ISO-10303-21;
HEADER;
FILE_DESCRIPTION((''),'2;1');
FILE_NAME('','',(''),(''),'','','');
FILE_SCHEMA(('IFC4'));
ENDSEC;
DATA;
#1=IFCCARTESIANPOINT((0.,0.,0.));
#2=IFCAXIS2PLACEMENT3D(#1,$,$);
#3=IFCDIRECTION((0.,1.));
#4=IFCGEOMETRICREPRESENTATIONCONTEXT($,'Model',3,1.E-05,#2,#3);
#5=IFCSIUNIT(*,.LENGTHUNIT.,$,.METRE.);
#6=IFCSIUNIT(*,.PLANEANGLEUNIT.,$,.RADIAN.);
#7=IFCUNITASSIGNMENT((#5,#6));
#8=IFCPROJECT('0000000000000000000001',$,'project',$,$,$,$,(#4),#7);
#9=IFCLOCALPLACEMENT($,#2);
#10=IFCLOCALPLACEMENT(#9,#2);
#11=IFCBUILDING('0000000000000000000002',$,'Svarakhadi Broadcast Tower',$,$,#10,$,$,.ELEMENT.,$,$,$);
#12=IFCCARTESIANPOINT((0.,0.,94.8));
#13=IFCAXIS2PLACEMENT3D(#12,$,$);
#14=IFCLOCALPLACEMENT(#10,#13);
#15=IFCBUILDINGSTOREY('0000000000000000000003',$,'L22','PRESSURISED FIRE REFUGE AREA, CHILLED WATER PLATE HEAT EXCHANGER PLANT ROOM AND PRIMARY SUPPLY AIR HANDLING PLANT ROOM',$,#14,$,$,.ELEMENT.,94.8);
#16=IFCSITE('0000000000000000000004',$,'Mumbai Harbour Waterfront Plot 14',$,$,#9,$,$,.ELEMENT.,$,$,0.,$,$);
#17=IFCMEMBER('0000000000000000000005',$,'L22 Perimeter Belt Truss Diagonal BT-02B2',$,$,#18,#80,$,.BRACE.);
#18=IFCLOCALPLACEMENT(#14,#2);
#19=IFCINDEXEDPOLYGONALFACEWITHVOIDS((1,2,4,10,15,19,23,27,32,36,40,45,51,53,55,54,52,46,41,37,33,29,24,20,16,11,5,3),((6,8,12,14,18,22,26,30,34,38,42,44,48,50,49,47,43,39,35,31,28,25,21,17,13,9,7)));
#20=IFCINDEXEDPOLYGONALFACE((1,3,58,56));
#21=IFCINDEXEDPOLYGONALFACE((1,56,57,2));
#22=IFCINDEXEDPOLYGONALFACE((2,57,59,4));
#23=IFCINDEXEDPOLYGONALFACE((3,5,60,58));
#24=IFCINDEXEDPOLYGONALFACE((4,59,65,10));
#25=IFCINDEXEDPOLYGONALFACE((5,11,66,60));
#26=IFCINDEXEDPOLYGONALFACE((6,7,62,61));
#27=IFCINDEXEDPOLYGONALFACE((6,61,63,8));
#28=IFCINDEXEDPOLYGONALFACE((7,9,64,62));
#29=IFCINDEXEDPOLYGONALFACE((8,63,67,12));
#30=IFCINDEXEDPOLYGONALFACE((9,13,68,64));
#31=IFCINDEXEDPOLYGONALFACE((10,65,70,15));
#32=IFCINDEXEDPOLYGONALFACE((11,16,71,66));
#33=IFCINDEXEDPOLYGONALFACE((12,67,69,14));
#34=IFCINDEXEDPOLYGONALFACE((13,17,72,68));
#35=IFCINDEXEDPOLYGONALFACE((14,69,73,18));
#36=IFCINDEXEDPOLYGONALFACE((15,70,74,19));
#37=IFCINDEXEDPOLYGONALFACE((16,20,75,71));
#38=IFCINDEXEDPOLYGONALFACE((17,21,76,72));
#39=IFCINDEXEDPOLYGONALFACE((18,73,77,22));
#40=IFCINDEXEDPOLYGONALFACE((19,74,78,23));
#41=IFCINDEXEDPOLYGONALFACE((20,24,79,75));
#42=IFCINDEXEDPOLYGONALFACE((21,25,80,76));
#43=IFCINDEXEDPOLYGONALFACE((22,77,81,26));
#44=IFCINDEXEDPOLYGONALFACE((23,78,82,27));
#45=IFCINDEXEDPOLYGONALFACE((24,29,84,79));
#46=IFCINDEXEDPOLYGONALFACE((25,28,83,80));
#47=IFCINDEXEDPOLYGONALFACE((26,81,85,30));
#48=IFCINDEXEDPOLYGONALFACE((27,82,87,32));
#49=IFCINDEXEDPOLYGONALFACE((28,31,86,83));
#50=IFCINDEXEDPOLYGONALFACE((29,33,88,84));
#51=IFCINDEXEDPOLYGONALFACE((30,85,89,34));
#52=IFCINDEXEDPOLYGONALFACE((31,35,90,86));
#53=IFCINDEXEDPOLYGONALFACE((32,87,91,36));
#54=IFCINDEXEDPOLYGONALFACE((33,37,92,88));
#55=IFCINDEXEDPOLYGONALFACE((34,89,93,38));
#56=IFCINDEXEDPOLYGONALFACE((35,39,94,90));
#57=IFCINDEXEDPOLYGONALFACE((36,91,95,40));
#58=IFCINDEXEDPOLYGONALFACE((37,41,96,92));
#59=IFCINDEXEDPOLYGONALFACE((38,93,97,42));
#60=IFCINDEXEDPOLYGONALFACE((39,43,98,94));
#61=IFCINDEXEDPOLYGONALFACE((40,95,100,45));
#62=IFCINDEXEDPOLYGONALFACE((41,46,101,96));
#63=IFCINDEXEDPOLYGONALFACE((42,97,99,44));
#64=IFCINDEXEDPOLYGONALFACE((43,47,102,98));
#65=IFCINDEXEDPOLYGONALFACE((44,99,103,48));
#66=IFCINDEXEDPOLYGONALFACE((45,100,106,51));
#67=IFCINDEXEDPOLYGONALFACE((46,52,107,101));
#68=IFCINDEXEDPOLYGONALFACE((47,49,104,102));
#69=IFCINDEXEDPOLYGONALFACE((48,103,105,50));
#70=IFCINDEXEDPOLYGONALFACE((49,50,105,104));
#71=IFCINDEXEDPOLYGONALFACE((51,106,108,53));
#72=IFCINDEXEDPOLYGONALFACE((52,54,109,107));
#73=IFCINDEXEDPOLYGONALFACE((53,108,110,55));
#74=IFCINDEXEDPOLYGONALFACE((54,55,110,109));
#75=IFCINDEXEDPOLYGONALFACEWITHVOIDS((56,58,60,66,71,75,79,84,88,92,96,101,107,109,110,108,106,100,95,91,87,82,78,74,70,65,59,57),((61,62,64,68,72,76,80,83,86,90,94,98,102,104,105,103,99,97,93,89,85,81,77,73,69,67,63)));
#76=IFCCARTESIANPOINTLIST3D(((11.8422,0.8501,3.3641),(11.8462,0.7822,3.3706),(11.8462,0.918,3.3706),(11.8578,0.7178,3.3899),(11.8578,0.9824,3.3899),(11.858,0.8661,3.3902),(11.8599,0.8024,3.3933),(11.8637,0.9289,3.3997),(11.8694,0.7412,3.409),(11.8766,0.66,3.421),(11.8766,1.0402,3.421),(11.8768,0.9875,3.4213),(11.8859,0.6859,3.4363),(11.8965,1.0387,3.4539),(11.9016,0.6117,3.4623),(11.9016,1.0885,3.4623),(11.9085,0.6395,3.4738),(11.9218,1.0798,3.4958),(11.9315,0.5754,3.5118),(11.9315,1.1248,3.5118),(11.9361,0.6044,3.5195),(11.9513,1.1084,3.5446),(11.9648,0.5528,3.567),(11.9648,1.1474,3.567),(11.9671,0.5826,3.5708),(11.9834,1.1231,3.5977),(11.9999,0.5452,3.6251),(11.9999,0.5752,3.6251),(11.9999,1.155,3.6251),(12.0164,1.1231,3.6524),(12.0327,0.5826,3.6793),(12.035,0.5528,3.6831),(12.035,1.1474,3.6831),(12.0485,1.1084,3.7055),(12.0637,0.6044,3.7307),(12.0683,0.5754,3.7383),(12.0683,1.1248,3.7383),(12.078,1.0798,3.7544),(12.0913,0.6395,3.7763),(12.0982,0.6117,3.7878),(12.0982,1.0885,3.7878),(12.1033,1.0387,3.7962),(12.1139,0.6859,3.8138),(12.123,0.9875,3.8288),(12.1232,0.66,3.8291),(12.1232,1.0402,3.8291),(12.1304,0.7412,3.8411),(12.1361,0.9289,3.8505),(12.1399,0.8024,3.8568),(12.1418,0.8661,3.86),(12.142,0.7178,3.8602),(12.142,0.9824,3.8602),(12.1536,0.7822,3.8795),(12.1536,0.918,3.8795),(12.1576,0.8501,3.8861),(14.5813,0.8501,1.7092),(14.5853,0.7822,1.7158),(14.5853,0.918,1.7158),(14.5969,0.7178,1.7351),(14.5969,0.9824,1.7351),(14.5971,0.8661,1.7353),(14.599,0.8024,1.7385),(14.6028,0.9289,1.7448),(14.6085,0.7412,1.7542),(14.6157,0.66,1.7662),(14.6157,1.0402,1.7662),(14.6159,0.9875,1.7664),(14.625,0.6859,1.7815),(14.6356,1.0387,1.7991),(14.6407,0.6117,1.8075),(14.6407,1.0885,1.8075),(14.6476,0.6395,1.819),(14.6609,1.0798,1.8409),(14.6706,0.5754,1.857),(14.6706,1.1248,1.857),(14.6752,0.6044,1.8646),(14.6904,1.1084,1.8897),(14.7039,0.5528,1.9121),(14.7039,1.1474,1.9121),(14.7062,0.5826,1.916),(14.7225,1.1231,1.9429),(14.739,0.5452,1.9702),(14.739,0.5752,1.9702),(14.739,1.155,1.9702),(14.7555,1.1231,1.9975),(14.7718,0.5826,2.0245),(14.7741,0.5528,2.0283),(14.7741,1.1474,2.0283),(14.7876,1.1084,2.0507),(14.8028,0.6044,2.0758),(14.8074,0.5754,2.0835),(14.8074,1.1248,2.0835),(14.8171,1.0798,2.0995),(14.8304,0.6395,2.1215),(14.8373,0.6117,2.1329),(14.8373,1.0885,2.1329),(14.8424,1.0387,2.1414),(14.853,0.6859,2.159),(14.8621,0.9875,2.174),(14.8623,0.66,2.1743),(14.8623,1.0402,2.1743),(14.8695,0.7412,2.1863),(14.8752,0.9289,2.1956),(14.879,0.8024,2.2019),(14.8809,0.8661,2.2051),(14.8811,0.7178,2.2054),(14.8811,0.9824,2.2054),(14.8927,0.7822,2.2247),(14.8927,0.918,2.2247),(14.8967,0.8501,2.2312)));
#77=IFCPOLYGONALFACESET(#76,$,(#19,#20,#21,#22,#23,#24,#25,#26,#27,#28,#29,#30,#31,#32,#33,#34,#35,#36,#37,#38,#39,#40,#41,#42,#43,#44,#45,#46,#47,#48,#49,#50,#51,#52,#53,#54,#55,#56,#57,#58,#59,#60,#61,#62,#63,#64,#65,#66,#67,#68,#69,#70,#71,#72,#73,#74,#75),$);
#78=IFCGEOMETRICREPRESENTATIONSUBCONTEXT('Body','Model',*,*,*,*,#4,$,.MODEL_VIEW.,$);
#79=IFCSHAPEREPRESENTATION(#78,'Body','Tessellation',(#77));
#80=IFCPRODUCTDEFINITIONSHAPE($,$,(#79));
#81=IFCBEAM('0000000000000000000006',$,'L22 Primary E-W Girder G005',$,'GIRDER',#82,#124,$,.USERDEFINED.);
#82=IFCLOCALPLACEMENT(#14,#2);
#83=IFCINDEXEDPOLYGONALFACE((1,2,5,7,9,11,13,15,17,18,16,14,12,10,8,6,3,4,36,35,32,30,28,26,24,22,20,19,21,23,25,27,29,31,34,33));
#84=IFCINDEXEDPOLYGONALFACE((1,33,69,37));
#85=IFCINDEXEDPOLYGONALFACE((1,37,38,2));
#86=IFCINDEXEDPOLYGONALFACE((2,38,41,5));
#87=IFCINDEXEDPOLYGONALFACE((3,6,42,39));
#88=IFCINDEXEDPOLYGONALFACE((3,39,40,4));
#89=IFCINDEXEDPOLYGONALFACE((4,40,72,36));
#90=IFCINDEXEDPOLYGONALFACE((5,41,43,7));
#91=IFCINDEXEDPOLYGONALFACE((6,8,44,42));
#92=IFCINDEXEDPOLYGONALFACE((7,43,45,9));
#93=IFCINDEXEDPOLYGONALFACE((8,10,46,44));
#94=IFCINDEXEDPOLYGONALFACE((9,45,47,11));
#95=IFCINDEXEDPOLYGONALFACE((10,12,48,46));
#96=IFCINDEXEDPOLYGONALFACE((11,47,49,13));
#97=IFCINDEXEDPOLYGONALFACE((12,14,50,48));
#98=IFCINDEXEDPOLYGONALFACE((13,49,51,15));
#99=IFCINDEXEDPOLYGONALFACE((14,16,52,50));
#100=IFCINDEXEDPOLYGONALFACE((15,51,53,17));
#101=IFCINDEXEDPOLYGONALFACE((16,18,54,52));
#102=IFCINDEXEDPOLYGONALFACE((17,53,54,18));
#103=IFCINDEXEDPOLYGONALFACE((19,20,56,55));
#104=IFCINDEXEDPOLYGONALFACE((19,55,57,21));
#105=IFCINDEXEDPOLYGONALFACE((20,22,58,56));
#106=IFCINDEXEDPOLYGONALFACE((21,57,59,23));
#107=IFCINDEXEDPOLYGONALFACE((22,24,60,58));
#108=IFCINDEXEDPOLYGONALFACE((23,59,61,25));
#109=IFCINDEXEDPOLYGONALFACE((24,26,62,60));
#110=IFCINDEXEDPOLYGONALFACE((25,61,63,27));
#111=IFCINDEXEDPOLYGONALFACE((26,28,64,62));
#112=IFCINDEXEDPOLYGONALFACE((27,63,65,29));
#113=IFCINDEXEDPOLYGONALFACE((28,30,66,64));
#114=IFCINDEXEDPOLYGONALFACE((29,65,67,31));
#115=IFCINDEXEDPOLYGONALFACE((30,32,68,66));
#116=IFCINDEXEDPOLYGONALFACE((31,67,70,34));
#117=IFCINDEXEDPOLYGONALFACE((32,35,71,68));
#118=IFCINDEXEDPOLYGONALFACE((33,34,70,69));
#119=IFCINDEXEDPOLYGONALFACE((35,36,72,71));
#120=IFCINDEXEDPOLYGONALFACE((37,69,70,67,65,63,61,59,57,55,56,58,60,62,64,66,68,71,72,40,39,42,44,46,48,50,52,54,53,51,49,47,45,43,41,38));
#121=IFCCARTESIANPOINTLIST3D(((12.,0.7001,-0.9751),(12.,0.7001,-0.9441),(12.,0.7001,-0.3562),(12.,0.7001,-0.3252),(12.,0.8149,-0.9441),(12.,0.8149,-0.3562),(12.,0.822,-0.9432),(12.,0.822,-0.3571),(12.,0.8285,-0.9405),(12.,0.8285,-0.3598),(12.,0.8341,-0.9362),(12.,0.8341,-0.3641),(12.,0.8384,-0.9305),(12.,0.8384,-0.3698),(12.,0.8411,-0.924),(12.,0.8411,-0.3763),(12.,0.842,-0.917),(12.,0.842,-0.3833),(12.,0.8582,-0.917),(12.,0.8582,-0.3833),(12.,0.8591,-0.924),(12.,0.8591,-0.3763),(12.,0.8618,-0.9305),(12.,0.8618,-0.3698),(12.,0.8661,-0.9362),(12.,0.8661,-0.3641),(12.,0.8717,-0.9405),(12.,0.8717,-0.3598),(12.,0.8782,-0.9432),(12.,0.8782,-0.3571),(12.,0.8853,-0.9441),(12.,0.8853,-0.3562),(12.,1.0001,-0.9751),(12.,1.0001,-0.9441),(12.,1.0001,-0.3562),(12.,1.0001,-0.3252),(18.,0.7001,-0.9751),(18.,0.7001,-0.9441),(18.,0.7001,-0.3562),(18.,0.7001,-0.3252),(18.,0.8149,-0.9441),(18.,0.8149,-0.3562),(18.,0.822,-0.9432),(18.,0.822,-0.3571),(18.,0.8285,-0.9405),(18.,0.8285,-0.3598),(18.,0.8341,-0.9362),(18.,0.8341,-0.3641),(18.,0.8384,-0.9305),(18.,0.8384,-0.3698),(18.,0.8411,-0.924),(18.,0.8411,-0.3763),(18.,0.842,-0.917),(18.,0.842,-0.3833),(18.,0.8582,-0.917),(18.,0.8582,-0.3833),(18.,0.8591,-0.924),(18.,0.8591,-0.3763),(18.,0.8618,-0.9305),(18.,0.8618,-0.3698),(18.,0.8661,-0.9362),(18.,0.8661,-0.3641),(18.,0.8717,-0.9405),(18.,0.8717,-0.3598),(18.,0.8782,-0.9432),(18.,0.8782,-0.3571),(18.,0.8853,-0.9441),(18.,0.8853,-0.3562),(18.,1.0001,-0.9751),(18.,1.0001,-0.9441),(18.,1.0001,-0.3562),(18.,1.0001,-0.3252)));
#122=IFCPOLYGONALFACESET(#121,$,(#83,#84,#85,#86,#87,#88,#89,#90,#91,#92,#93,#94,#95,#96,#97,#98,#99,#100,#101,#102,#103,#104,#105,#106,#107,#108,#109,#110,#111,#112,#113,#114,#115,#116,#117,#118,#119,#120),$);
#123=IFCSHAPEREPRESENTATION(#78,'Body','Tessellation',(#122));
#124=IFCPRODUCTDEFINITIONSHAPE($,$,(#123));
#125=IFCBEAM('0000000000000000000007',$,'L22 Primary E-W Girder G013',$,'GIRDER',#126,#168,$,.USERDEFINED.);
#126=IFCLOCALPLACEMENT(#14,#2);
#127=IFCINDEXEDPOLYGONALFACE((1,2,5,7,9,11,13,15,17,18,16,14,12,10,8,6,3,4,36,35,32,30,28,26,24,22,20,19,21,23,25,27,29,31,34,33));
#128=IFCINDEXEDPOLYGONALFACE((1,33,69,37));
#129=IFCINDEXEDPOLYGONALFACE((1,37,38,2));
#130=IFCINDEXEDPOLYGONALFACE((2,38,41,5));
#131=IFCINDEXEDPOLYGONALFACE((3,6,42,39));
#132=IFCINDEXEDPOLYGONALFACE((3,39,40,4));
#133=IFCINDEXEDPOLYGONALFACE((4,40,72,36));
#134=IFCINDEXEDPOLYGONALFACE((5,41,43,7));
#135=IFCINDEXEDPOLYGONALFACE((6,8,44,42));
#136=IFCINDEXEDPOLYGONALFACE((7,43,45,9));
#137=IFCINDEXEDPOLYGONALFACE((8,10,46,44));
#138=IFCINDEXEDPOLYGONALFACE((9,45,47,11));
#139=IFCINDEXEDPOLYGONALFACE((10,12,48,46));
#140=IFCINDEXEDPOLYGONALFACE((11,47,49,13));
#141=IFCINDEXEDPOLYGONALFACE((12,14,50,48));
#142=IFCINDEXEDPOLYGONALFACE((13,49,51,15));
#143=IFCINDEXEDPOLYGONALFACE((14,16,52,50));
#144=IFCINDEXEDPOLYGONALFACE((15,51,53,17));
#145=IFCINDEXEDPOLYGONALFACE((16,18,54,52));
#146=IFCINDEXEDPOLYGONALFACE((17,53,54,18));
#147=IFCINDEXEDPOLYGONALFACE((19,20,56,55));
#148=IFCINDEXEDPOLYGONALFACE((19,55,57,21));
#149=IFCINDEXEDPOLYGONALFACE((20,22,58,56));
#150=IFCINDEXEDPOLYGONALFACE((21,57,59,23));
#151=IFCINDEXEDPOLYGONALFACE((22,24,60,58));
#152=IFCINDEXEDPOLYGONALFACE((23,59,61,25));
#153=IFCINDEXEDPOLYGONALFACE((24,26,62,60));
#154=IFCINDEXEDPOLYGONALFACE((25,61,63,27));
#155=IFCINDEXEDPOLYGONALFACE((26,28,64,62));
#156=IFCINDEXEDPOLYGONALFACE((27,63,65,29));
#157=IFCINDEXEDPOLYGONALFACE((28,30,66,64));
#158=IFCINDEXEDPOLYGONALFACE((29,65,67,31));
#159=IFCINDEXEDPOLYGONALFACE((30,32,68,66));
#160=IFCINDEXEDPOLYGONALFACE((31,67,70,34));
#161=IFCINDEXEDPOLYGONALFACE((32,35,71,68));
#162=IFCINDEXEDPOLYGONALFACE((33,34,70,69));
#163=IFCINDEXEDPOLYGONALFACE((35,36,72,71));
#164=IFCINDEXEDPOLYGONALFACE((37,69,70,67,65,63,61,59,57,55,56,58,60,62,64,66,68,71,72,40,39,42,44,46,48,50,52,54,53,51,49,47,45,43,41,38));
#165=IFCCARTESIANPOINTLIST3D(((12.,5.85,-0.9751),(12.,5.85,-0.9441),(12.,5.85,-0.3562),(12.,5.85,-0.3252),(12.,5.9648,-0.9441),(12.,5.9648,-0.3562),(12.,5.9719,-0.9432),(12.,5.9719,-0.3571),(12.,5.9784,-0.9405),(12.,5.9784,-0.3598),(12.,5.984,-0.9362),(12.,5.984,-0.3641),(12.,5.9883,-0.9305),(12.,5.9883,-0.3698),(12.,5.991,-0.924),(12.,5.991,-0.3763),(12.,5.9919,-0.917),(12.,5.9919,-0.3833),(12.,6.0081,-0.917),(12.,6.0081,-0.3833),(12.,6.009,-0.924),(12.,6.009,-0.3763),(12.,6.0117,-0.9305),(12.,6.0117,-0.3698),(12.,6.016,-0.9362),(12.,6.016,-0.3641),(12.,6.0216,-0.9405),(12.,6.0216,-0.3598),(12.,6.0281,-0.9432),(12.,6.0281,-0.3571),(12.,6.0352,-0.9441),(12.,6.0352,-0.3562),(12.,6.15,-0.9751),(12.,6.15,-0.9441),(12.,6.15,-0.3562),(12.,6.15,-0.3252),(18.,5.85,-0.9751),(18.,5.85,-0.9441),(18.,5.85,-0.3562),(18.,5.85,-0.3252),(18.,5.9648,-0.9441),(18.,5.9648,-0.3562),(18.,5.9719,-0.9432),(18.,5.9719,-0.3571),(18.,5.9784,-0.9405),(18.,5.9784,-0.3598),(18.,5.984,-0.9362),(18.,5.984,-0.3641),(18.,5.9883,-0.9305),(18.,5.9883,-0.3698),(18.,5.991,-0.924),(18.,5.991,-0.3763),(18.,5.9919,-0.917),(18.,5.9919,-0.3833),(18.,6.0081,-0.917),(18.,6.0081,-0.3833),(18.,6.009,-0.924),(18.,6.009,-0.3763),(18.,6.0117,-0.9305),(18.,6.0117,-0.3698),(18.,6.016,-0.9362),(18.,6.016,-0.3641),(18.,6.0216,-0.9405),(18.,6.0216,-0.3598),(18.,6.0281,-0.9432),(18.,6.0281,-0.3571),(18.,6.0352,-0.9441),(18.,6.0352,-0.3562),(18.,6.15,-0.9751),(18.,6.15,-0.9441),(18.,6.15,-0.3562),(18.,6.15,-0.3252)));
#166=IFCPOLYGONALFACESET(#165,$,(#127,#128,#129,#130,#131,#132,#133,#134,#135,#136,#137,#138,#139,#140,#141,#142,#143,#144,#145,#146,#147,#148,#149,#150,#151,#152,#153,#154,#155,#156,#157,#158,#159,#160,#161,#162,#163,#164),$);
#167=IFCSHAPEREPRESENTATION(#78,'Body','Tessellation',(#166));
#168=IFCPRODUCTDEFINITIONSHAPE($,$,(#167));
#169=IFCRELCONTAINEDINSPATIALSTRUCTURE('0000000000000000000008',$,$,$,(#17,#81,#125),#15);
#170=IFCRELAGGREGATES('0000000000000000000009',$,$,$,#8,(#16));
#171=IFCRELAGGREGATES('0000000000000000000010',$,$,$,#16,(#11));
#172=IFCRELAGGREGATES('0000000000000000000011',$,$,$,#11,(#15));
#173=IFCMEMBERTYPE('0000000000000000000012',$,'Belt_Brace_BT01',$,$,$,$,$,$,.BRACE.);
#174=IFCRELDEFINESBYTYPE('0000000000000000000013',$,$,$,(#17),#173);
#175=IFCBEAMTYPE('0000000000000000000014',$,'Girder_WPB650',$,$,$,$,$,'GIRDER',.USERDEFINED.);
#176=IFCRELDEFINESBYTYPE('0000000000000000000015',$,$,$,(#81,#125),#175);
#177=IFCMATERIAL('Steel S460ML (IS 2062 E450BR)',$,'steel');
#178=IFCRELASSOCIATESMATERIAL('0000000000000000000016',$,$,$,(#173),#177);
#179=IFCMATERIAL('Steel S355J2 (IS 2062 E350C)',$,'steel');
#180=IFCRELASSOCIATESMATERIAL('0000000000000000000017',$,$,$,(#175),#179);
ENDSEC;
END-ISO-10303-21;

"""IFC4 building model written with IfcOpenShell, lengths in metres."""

from ifc_helpers import new_model, si_unit, direction, frame, origin, origin_2d, place, context, subcontext, project, spatial, hollow_circle, i_section, extrude, material, material_profile, profile_set, type_object, element, save


model = new_model("IFC4")

# Units and contexts
model_context = context("Model", 3, precision=1e-05, world=origin(), true_north=direction((0.0, 1.0)))
body_context = subcontext(model_context, "Body", "Model", "MODEL_VIEW")
ifc_project = project(units=[si_unit("LENGTHUNIT", "METRE"), si_unit("PLANEANGLEUNIT", "RADIAN")], contexts=[model_context])

# Site, building, storey
site_placement = place(None, origin())
site = spatial("IfcSite", under=ifc_project, at=site_placement, Name="Mumbai Harbour Waterfront Plot 14", CompositionType="ELEMENT", RefElevation=0.0)
building_placement = place(site_placement, origin())
building = spatial("IfcBuilding", under=site, at=building_placement, Name="Svarakhadi Broadcast Tower", CompositionType="ELEMENT")
storey_placement = place(building_placement, frame((0.0, 0.0, 94.8)))
storey = spatial("IfcBuildingStorey", under=building, at=storey_placement, Name="L22", Description="PRESSURISED FIRE REFUGE AREA, CHILLED WATER PLATE HEAT EXCHANGER PLANT ROOM AND PRIMARY SUPPLY AIR HANDLING PLANT ROOM", CompositionType="ELEMENT", Elevation=94.8)

# Shared definitions
ifc_material_1 = material(Name="Steel S460ML (IS 2062 E450BR)", Category="steel")

# Shared definitions
ifc_material_2 = material(Name="Steel S355J2 (IS 2062 E350C)", Category="steel")

# Member
ifc_material_profile_1 = material_profile(ifc_material_1, hollow_circle(Radius=0.3049, WallThickness=0.03, at=origin_2d()), Name="CHS 610x30")
ifc_profile_set_1 = profile_set([ifc_material_profile_1], Name="Steel S460ML (IS 2062 E450BR)")
member_type_1 = type_object("IfcMemberType", Name="Belt_Brace_BT01", PredefinedType="BRACE", material=ifc_profile_set_1)
member_1_placement = place(storey_placement, frame((14.739, 0.8501, 1.9702), z_axis=(-0.85592, 0.0, 0.517107), x_axis=(0.0, -1.0, 0.0)))
element("IfcMember", 1, at=member_1_placement, inside=storey, type_object=member_type_1, Name="L22 Perimeter Belt Truss Diagonal BT-02B2", PredefinedType="BRACE", context=body_context, shape_type="SweptSolid", body=[
    extrude(hollow_circle(Radius=0.3049, WallThickness=0.03, at=origin_2d()), origin(), (0.0, 0.0, 1.0), 3.2002),
])

# Beams
ifc_material_profile_2 = material_profile(ifc_material_2, i_section(OverallWidth=0.3, OverallDepth=0.6499, WebThickness=0.0161, FlangeThickness=0.031, FilletRadius=0.0271, at=origin_2d()), Name="WPB 650x300x225")
ifc_profile_set_2 = profile_set([ifc_material_profile_2], Name="Steel S355J2 (IS 2062 E350C)")
beam_type_1 = type_object("IfcBeamType", Name="Girder_WPB650", ElementType="GIRDER", PredefinedType="USERDEFINED", material=ifc_profile_set_2)
for number, where, z_axis, x_axis, name in (
    (2, (12.0, 0.8501, -0.6501), (1.0, 0.0, 0.0), (0.0, 1.0, 0.0), "L22 Primary E-W Girder G005"),
    (3, (12.0, 6.0, -0.6501), (1.0, 0.0, 0.0), (0.0, 1.0, 0.0), "L22 Primary E-W Girder G013"),
):
    element("IfcBeam", number, at=place(storey_placement, frame(where, z_axis=z_axis, x_axis=x_axis)), inside=storey, type_object=beam_type_1, Name=name, ObjectType="GIRDER", PredefinedType="USERDEFINED", context=body_context, shape_type="SweptSolid", body=[
        extrude(i_section(OverallWidth=0.3, OverallDepth=0.6499, WebThickness=0.0161, FlangeThickness=0.031, FilletRadius=0.0271, at=origin_2d()), origin(), (0.0, 0.0, 1.0), 6.0),
    ])

save(model, "model.ifc")
